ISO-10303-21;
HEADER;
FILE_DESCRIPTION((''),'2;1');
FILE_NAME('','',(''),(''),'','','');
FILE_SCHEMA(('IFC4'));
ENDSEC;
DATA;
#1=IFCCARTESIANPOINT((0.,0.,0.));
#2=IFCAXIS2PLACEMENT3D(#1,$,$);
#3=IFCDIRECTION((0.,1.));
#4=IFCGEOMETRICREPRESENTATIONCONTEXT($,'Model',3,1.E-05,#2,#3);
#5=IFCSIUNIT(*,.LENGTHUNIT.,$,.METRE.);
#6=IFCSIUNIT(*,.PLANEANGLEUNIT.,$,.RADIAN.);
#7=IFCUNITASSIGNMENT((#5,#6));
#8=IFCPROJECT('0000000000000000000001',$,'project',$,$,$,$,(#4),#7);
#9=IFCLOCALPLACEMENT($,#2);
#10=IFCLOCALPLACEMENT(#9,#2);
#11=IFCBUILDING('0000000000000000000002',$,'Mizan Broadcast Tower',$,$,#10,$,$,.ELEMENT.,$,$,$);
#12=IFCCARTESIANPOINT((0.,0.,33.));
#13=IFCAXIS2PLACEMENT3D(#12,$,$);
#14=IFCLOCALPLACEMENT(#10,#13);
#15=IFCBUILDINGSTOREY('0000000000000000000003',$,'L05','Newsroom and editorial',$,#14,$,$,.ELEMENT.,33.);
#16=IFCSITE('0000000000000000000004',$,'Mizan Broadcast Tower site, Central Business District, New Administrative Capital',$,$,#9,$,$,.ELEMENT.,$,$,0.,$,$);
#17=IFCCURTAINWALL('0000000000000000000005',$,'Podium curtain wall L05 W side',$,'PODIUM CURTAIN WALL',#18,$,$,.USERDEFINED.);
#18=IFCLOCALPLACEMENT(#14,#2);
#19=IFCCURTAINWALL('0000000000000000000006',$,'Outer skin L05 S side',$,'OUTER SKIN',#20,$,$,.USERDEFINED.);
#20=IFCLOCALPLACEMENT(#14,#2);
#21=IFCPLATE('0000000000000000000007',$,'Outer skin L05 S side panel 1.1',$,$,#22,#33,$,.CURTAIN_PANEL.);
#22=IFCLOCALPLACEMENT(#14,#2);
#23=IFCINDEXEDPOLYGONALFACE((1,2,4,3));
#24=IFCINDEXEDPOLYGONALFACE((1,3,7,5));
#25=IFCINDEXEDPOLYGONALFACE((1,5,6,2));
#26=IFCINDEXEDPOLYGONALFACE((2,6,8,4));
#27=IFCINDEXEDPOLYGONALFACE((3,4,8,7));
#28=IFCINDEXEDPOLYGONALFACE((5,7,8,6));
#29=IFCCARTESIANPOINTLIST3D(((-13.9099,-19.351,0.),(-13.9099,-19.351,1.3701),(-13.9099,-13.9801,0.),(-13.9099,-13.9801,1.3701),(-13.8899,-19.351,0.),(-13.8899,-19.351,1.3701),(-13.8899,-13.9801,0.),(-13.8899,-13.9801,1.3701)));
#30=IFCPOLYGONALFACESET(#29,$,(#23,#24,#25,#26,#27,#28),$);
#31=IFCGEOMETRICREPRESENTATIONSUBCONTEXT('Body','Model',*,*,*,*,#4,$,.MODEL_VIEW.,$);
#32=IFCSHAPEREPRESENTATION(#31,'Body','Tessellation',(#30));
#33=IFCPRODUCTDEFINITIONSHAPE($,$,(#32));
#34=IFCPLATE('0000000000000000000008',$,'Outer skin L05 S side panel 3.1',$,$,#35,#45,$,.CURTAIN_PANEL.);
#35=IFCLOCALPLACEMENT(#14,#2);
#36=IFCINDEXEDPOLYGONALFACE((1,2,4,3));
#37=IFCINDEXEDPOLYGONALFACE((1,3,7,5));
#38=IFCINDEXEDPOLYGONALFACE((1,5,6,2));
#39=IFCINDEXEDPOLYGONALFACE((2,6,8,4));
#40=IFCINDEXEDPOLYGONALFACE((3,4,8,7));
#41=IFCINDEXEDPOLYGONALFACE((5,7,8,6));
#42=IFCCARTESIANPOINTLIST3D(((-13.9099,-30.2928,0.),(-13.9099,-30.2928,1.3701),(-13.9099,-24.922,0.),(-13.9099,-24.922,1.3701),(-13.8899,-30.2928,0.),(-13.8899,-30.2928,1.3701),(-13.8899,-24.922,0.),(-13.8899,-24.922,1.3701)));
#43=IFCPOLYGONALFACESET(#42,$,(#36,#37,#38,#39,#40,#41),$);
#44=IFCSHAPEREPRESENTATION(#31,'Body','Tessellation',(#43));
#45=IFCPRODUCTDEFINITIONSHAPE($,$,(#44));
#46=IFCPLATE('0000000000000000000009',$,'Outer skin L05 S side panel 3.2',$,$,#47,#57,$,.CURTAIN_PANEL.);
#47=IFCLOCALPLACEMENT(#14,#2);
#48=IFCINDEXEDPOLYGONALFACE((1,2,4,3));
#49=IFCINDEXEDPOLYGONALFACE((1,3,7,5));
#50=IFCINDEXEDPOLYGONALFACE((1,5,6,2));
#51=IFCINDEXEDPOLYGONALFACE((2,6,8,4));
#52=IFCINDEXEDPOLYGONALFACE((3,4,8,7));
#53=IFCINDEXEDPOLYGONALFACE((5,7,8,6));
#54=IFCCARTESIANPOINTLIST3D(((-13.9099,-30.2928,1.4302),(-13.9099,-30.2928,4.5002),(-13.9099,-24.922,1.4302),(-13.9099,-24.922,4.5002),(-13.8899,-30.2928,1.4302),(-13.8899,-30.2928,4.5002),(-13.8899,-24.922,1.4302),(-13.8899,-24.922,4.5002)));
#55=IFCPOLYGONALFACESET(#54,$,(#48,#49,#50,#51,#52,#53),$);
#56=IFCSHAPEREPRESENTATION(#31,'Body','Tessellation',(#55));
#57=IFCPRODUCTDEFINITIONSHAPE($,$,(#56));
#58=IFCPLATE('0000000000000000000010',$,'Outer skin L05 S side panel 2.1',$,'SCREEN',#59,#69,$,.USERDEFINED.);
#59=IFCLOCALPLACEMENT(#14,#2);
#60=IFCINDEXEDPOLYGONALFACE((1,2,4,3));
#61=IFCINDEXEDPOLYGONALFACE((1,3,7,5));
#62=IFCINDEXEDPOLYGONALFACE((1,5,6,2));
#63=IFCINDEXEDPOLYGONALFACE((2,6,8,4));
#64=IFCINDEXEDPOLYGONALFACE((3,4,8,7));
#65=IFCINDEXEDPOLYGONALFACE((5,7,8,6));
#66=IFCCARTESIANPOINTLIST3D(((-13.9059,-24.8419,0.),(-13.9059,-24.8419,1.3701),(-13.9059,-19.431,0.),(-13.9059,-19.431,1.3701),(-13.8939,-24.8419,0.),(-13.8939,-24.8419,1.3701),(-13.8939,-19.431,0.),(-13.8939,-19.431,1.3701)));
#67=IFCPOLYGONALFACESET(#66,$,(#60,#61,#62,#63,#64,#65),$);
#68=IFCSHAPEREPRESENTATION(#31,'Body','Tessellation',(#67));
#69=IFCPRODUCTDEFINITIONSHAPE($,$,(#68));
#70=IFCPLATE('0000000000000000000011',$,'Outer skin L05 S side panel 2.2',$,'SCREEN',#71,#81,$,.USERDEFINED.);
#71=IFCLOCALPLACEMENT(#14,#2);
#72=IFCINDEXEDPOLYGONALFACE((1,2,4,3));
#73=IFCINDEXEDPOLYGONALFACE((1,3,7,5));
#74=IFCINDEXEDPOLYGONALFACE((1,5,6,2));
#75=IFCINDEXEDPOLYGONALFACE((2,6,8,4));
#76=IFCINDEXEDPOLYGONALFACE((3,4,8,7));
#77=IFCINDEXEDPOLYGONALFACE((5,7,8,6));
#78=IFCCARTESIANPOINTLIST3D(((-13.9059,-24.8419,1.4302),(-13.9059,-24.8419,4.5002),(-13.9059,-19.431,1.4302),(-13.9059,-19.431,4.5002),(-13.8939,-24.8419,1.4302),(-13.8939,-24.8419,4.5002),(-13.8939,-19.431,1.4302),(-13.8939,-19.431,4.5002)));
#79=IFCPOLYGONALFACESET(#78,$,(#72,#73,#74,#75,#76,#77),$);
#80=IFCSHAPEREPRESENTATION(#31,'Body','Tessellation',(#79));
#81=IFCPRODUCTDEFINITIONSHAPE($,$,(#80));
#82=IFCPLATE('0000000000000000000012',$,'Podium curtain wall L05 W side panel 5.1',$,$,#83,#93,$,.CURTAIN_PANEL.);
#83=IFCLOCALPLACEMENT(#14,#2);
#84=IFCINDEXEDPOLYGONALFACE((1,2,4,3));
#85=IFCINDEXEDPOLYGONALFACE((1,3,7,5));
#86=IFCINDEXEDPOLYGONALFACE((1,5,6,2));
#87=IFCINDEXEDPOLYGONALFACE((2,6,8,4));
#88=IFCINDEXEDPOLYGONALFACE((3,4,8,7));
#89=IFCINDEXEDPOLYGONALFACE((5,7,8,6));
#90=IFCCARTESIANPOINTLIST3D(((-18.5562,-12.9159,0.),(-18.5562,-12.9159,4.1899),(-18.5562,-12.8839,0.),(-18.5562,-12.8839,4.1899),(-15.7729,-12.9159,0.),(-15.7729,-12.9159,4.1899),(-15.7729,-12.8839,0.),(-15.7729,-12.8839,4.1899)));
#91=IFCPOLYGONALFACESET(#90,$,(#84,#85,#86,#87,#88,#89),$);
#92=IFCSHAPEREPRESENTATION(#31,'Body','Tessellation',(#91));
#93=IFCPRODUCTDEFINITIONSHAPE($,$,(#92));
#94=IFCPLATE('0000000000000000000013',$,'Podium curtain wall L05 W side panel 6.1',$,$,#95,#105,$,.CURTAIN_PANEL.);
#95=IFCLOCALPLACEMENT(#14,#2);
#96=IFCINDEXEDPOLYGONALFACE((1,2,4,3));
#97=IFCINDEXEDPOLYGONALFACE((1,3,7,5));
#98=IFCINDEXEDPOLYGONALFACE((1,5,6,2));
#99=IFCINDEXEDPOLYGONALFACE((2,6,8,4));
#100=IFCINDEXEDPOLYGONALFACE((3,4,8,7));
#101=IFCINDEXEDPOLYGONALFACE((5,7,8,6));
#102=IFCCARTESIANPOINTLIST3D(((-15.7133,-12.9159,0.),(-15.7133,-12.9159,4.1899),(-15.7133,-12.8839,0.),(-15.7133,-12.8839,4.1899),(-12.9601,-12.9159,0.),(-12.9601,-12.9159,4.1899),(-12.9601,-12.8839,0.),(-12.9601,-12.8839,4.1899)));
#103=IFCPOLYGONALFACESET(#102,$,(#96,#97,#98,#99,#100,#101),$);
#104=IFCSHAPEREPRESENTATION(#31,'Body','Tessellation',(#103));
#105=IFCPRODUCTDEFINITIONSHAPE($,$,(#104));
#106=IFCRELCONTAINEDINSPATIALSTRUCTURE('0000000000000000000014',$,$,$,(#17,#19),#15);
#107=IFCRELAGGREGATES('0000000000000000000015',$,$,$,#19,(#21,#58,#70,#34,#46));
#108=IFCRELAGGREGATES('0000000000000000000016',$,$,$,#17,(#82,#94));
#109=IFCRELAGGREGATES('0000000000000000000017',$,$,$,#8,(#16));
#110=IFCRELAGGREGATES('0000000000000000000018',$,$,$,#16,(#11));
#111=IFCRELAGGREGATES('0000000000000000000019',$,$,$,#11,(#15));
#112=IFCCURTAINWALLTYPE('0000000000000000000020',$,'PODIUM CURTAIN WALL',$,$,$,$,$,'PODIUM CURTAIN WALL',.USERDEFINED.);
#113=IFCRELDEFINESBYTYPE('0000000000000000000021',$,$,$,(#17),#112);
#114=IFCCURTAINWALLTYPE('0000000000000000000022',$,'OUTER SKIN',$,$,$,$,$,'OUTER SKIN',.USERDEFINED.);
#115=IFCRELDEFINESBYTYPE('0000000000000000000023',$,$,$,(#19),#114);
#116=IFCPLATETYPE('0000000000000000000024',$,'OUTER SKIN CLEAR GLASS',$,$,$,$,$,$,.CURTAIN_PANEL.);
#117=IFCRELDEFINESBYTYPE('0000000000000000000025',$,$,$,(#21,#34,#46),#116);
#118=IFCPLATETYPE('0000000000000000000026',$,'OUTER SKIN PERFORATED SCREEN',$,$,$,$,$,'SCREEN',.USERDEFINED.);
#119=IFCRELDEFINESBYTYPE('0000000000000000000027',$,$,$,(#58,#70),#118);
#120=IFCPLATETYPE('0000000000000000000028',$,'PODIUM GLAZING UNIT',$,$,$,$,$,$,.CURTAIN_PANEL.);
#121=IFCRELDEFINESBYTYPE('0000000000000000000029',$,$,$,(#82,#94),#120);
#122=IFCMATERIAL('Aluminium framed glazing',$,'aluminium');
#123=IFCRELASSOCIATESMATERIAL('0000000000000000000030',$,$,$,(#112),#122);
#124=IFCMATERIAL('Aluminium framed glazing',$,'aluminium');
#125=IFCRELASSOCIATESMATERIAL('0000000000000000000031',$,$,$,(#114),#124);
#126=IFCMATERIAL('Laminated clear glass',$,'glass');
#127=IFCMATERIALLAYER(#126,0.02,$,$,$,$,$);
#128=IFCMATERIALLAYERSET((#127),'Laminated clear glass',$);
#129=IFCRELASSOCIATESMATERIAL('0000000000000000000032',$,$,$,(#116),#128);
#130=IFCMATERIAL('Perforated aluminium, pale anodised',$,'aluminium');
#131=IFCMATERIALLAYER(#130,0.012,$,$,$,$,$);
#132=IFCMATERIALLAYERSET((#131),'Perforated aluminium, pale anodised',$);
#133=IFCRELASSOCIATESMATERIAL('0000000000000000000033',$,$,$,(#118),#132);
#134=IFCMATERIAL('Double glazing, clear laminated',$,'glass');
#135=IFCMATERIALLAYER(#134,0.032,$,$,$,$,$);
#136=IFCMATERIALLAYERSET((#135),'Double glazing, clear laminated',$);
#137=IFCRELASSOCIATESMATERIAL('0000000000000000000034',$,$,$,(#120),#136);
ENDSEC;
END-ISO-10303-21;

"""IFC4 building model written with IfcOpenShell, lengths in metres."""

from ifc_helpers import new_model, si_unit, direction, frame, origin, origin_2d, place, context, subcontext, project, spatial, rectangle, extrude, material, layer, layer_set, type_object, element, aggregate, save


model = new_model("IFC4")

# Units and contexts
model_context = context("Model", 3, precision=1e-05, world=origin(), true_north=direction((0.0, 1.0)))
body_context = subcontext(model_context, "Body", "Model", "MODEL_VIEW")
ifc_project = project(units=[si_unit("LENGTHUNIT", "METRE"), si_unit("PLANEANGLEUNIT", "RADIAN")], contexts=[model_context])

# Site, building, storey
site_placement = place(None, origin())
site = spatial("IfcSite", under=ifc_project, at=site_placement, Name="Mizan Broadcast Tower site, Central Business District, New Administrative Capital", CompositionType="ELEMENT", RefElevation=0.0)
building_placement = place(site_placement, origin())
building = spatial("IfcBuilding", under=site, at=building_placement, Name="Mizan Broadcast Tower", CompositionType="ELEMENT")
storey_placement = place(building_placement, frame((0.0, 0.0, 33.0)))
storey = spatial("IfcBuildingStorey", under=building, at=storey_placement, Name="L05", Description="Newsroom and editorial", CompositionType="ELEMENT", Elevation=33.0)

# Curtain walls
ifc_material_1 = material(Name="Aluminium framed glazing", Category="aluminium")
curtain_wall_type_1 = type_object("IfcCurtainWallType", Name="PODIUM CURTAIN WALL", ElementType="PODIUM CURTAIN WALL", PredefinedType="USERDEFINED", material=ifc_material_1)
curtain_wall_1_placement = place(storey_placement, origin())
curtain_wall_1 = element("IfcCurtainWall", 1, at=curtain_wall_1_placement, inside=storey, type_object=curtain_wall_type_1, Name="Podium curtain wall L05 W side", ObjectType="PODIUM CURTAIN WALL", PredefinedType="USERDEFINED")
ifc_material_2 = material(Name="Aluminium framed glazing", Category="aluminium")
curtain_wall_type_2 = type_object("IfcCurtainWallType", Name="OUTER SKIN", ElementType="OUTER SKIN", PredefinedType="USERDEFINED", material=ifc_material_2)
curtain_wall_2_placement = place(storey_placement, origin())
curtain_wall_2 = element("IfcCurtainWall", 2, at=curtain_wall_2_placement, inside=storey, type_object=curtain_wall_type_2, Name="Outer skin L05 S side", ObjectType="OUTER SKIN", PredefinedType="USERDEFINED")

# Plates
ifc_material_3 = material(Name="Laminated clear glass", Category="glass")
ifc_layer_1 = layer(ifc_material_3, 0.02)
ifc_layer_set_1 = layer_set([ifc_layer_1], Name="Laminated clear glass")
plate_type_1 = type_object("IfcPlateType", Name="OUTER SKIN CLEAR GLASS", PredefinedType="CURTAIN_PANEL", material=ifc_layer_set_1)
plate_1_placement = place(storey_placement, frame((-13.8999, -16.6655, 0.0), z_axis=(0.0, 0.0, 1.0), x_axis=(0.0, -1.0, 0.0)))
plate_1 = element("IfcPlate", 3, at=plate_1_placement, type_object=plate_type_1, Name="Outer skin L05 S side panel 1.1", PredefinedType="CURTAIN_PANEL", context=body_context, shape_type="SweptSolid", body=[
    extrude(rectangle(XDim=5.3708, YDim=0.02, at=origin_2d()), origin(), (0.0, 0.0, 1.0), 1.3701),
])
plate_2_placement = place(storey_placement, frame((-13.8999, -27.6074, 0.0), z_axis=(0.0, 0.0, 1.0), x_axis=(0.0, -1.0, 0.0)))
plate_2 = element("IfcPlate", 4, at=plate_2_placement, type_object=plate_type_1, Name="Outer skin L05 S side panel 3.1", PredefinedType="CURTAIN_PANEL", context=body_context, shape_type="SweptSolid", body=[
    extrude(rectangle(XDim=5.3708, YDim=0.02, at=origin_2d()), origin(), (0.0, 0.0, 1.0), 1.3701),
])
plate_3_placement = place(storey_placement, frame((-13.8999, -27.6074, 1.4302), z_axis=(0.0, 0.0, 1.0), x_axis=(0.0, -1.0, 0.0)))
plate_3 = element("IfcPlate", 5, at=plate_3_placement, type_object=plate_type_1, Name="Outer skin L05 S side panel 3.2", PredefinedType="CURTAIN_PANEL", context=body_context, shape_type="SweptSolid", body=[
    extrude(rectangle(XDim=5.3708, YDim=0.02, at=origin_2d()), origin(), (0.0, 0.0, 1.0), 3.0701),
])
ifc_material_4 = material(Name="Perforated aluminium, pale anodised", Category="aluminium")
ifc_layer_2 = layer(ifc_material_4, 0.012)
ifc_layer_set_2 = layer_set([ifc_layer_2], Name="Perforated aluminium, pale anodised")
plate_type_2 = type_object("IfcPlateType", Name="OUTER SKIN PERFORATED SCREEN", ElementType="SCREEN", PredefinedType="USERDEFINED", material=ifc_layer_set_2)
plate_4_placement = place(storey_placement, frame((-13.8999, -22.1365, 0.0), z_axis=(0.0, 0.0, 1.0), x_axis=(0.0, -1.0, 0.0)))
plate_4 = element("IfcPlate", 6, at=plate_4_placement, type_object=plate_type_2, Name="Outer skin L05 S side panel 2.1", ObjectType="SCREEN", PredefinedType="USERDEFINED", context=body_context, shape_type="SweptSolid", body=[
    extrude(rectangle(XDim=5.4109, YDim=0.012, at=origin_2d()), origin(), (0.0, 0.0, 1.0), 1.3701),
])
plate_5_placement = place(storey_placement, frame((-13.8999, -22.1365, 1.4302), z_axis=(0.0, 0.0, 1.0), x_axis=(0.0, -1.0, 0.0)))
plate_5 = element("IfcPlate", 7, at=plate_5_placement, type_object=plate_type_2, Name="Outer skin L05 S side panel 2.2", ObjectType="SCREEN", PredefinedType="USERDEFINED", context=body_context, shape_type="SweptSolid", body=[
    extrude(rectangle(XDim=5.4109, YDim=0.012, at=origin_2d()), origin(), (0.0, 0.0, 1.0), 3.0701),
])
aggregate(curtain_wall_2, [plate_1, plate_4, plate_5, plate_2, plate_3])
ifc_material_5 = material(Name="Double glazing, clear laminated", Category="glass")
ifc_layer_3 = layer(ifc_material_5, 0.032)
ifc_layer_set_3 = layer_set([ifc_layer_3], Name="Double glazing, clear laminated")
plate_type_3 = type_object("IfcPlateType", Name="PODIUM GLAZING UNIT", PredefinedType="CURTAIN_PANEL", material=ifc_layer_set_3)
plate_6_placement = place(storey_placement, frame((-17.1646, -12.8999, 0.0), z_axis=(0.0, 0.0, 1.0), x_axis=(1.0, 0.0, 0.0)))
plate_6 = element("IfcPlate", 8, at=plate_6_placement, type_object=plate_type_3, Name="Podium curtain wall L05 W side panel 5.1", PredefinedType="CURTAIN_PANEL", context=body_context, shape_type="SweptSolid", body=[
    extrude(rectangle(XDim=2.7832, YDim=0.032, at=origin_2d()), origin(), (0.0, 0.0, 1.0), 4.1899),
])
plate_7_placement = place(storey_placement, frame((-14.3367, -12.8999, 0.0), z_axis=(0.0, 0.0, 1.0), x_axis=(1.0, 0.0, 0.0)))
plate_7 = element("IfcPlate", 9, at=plate_7_placement, type_object=plate_type_3, Name="Podium curtain wall L05 W side panel 6.1", PredefinedType="CURTAIN_PANEL", context=body_context, shape_type="SweptSolid", body=[
    extrude(rectangle(XDim=2.7532, YDim=0.032, at=origin_2d()), origin(), (0.0, 0.0, 1.0), 4.1899),
])
aggregate(curtain_wall_1, [plate_6, plate_7])

save(model, "model.ifc")
